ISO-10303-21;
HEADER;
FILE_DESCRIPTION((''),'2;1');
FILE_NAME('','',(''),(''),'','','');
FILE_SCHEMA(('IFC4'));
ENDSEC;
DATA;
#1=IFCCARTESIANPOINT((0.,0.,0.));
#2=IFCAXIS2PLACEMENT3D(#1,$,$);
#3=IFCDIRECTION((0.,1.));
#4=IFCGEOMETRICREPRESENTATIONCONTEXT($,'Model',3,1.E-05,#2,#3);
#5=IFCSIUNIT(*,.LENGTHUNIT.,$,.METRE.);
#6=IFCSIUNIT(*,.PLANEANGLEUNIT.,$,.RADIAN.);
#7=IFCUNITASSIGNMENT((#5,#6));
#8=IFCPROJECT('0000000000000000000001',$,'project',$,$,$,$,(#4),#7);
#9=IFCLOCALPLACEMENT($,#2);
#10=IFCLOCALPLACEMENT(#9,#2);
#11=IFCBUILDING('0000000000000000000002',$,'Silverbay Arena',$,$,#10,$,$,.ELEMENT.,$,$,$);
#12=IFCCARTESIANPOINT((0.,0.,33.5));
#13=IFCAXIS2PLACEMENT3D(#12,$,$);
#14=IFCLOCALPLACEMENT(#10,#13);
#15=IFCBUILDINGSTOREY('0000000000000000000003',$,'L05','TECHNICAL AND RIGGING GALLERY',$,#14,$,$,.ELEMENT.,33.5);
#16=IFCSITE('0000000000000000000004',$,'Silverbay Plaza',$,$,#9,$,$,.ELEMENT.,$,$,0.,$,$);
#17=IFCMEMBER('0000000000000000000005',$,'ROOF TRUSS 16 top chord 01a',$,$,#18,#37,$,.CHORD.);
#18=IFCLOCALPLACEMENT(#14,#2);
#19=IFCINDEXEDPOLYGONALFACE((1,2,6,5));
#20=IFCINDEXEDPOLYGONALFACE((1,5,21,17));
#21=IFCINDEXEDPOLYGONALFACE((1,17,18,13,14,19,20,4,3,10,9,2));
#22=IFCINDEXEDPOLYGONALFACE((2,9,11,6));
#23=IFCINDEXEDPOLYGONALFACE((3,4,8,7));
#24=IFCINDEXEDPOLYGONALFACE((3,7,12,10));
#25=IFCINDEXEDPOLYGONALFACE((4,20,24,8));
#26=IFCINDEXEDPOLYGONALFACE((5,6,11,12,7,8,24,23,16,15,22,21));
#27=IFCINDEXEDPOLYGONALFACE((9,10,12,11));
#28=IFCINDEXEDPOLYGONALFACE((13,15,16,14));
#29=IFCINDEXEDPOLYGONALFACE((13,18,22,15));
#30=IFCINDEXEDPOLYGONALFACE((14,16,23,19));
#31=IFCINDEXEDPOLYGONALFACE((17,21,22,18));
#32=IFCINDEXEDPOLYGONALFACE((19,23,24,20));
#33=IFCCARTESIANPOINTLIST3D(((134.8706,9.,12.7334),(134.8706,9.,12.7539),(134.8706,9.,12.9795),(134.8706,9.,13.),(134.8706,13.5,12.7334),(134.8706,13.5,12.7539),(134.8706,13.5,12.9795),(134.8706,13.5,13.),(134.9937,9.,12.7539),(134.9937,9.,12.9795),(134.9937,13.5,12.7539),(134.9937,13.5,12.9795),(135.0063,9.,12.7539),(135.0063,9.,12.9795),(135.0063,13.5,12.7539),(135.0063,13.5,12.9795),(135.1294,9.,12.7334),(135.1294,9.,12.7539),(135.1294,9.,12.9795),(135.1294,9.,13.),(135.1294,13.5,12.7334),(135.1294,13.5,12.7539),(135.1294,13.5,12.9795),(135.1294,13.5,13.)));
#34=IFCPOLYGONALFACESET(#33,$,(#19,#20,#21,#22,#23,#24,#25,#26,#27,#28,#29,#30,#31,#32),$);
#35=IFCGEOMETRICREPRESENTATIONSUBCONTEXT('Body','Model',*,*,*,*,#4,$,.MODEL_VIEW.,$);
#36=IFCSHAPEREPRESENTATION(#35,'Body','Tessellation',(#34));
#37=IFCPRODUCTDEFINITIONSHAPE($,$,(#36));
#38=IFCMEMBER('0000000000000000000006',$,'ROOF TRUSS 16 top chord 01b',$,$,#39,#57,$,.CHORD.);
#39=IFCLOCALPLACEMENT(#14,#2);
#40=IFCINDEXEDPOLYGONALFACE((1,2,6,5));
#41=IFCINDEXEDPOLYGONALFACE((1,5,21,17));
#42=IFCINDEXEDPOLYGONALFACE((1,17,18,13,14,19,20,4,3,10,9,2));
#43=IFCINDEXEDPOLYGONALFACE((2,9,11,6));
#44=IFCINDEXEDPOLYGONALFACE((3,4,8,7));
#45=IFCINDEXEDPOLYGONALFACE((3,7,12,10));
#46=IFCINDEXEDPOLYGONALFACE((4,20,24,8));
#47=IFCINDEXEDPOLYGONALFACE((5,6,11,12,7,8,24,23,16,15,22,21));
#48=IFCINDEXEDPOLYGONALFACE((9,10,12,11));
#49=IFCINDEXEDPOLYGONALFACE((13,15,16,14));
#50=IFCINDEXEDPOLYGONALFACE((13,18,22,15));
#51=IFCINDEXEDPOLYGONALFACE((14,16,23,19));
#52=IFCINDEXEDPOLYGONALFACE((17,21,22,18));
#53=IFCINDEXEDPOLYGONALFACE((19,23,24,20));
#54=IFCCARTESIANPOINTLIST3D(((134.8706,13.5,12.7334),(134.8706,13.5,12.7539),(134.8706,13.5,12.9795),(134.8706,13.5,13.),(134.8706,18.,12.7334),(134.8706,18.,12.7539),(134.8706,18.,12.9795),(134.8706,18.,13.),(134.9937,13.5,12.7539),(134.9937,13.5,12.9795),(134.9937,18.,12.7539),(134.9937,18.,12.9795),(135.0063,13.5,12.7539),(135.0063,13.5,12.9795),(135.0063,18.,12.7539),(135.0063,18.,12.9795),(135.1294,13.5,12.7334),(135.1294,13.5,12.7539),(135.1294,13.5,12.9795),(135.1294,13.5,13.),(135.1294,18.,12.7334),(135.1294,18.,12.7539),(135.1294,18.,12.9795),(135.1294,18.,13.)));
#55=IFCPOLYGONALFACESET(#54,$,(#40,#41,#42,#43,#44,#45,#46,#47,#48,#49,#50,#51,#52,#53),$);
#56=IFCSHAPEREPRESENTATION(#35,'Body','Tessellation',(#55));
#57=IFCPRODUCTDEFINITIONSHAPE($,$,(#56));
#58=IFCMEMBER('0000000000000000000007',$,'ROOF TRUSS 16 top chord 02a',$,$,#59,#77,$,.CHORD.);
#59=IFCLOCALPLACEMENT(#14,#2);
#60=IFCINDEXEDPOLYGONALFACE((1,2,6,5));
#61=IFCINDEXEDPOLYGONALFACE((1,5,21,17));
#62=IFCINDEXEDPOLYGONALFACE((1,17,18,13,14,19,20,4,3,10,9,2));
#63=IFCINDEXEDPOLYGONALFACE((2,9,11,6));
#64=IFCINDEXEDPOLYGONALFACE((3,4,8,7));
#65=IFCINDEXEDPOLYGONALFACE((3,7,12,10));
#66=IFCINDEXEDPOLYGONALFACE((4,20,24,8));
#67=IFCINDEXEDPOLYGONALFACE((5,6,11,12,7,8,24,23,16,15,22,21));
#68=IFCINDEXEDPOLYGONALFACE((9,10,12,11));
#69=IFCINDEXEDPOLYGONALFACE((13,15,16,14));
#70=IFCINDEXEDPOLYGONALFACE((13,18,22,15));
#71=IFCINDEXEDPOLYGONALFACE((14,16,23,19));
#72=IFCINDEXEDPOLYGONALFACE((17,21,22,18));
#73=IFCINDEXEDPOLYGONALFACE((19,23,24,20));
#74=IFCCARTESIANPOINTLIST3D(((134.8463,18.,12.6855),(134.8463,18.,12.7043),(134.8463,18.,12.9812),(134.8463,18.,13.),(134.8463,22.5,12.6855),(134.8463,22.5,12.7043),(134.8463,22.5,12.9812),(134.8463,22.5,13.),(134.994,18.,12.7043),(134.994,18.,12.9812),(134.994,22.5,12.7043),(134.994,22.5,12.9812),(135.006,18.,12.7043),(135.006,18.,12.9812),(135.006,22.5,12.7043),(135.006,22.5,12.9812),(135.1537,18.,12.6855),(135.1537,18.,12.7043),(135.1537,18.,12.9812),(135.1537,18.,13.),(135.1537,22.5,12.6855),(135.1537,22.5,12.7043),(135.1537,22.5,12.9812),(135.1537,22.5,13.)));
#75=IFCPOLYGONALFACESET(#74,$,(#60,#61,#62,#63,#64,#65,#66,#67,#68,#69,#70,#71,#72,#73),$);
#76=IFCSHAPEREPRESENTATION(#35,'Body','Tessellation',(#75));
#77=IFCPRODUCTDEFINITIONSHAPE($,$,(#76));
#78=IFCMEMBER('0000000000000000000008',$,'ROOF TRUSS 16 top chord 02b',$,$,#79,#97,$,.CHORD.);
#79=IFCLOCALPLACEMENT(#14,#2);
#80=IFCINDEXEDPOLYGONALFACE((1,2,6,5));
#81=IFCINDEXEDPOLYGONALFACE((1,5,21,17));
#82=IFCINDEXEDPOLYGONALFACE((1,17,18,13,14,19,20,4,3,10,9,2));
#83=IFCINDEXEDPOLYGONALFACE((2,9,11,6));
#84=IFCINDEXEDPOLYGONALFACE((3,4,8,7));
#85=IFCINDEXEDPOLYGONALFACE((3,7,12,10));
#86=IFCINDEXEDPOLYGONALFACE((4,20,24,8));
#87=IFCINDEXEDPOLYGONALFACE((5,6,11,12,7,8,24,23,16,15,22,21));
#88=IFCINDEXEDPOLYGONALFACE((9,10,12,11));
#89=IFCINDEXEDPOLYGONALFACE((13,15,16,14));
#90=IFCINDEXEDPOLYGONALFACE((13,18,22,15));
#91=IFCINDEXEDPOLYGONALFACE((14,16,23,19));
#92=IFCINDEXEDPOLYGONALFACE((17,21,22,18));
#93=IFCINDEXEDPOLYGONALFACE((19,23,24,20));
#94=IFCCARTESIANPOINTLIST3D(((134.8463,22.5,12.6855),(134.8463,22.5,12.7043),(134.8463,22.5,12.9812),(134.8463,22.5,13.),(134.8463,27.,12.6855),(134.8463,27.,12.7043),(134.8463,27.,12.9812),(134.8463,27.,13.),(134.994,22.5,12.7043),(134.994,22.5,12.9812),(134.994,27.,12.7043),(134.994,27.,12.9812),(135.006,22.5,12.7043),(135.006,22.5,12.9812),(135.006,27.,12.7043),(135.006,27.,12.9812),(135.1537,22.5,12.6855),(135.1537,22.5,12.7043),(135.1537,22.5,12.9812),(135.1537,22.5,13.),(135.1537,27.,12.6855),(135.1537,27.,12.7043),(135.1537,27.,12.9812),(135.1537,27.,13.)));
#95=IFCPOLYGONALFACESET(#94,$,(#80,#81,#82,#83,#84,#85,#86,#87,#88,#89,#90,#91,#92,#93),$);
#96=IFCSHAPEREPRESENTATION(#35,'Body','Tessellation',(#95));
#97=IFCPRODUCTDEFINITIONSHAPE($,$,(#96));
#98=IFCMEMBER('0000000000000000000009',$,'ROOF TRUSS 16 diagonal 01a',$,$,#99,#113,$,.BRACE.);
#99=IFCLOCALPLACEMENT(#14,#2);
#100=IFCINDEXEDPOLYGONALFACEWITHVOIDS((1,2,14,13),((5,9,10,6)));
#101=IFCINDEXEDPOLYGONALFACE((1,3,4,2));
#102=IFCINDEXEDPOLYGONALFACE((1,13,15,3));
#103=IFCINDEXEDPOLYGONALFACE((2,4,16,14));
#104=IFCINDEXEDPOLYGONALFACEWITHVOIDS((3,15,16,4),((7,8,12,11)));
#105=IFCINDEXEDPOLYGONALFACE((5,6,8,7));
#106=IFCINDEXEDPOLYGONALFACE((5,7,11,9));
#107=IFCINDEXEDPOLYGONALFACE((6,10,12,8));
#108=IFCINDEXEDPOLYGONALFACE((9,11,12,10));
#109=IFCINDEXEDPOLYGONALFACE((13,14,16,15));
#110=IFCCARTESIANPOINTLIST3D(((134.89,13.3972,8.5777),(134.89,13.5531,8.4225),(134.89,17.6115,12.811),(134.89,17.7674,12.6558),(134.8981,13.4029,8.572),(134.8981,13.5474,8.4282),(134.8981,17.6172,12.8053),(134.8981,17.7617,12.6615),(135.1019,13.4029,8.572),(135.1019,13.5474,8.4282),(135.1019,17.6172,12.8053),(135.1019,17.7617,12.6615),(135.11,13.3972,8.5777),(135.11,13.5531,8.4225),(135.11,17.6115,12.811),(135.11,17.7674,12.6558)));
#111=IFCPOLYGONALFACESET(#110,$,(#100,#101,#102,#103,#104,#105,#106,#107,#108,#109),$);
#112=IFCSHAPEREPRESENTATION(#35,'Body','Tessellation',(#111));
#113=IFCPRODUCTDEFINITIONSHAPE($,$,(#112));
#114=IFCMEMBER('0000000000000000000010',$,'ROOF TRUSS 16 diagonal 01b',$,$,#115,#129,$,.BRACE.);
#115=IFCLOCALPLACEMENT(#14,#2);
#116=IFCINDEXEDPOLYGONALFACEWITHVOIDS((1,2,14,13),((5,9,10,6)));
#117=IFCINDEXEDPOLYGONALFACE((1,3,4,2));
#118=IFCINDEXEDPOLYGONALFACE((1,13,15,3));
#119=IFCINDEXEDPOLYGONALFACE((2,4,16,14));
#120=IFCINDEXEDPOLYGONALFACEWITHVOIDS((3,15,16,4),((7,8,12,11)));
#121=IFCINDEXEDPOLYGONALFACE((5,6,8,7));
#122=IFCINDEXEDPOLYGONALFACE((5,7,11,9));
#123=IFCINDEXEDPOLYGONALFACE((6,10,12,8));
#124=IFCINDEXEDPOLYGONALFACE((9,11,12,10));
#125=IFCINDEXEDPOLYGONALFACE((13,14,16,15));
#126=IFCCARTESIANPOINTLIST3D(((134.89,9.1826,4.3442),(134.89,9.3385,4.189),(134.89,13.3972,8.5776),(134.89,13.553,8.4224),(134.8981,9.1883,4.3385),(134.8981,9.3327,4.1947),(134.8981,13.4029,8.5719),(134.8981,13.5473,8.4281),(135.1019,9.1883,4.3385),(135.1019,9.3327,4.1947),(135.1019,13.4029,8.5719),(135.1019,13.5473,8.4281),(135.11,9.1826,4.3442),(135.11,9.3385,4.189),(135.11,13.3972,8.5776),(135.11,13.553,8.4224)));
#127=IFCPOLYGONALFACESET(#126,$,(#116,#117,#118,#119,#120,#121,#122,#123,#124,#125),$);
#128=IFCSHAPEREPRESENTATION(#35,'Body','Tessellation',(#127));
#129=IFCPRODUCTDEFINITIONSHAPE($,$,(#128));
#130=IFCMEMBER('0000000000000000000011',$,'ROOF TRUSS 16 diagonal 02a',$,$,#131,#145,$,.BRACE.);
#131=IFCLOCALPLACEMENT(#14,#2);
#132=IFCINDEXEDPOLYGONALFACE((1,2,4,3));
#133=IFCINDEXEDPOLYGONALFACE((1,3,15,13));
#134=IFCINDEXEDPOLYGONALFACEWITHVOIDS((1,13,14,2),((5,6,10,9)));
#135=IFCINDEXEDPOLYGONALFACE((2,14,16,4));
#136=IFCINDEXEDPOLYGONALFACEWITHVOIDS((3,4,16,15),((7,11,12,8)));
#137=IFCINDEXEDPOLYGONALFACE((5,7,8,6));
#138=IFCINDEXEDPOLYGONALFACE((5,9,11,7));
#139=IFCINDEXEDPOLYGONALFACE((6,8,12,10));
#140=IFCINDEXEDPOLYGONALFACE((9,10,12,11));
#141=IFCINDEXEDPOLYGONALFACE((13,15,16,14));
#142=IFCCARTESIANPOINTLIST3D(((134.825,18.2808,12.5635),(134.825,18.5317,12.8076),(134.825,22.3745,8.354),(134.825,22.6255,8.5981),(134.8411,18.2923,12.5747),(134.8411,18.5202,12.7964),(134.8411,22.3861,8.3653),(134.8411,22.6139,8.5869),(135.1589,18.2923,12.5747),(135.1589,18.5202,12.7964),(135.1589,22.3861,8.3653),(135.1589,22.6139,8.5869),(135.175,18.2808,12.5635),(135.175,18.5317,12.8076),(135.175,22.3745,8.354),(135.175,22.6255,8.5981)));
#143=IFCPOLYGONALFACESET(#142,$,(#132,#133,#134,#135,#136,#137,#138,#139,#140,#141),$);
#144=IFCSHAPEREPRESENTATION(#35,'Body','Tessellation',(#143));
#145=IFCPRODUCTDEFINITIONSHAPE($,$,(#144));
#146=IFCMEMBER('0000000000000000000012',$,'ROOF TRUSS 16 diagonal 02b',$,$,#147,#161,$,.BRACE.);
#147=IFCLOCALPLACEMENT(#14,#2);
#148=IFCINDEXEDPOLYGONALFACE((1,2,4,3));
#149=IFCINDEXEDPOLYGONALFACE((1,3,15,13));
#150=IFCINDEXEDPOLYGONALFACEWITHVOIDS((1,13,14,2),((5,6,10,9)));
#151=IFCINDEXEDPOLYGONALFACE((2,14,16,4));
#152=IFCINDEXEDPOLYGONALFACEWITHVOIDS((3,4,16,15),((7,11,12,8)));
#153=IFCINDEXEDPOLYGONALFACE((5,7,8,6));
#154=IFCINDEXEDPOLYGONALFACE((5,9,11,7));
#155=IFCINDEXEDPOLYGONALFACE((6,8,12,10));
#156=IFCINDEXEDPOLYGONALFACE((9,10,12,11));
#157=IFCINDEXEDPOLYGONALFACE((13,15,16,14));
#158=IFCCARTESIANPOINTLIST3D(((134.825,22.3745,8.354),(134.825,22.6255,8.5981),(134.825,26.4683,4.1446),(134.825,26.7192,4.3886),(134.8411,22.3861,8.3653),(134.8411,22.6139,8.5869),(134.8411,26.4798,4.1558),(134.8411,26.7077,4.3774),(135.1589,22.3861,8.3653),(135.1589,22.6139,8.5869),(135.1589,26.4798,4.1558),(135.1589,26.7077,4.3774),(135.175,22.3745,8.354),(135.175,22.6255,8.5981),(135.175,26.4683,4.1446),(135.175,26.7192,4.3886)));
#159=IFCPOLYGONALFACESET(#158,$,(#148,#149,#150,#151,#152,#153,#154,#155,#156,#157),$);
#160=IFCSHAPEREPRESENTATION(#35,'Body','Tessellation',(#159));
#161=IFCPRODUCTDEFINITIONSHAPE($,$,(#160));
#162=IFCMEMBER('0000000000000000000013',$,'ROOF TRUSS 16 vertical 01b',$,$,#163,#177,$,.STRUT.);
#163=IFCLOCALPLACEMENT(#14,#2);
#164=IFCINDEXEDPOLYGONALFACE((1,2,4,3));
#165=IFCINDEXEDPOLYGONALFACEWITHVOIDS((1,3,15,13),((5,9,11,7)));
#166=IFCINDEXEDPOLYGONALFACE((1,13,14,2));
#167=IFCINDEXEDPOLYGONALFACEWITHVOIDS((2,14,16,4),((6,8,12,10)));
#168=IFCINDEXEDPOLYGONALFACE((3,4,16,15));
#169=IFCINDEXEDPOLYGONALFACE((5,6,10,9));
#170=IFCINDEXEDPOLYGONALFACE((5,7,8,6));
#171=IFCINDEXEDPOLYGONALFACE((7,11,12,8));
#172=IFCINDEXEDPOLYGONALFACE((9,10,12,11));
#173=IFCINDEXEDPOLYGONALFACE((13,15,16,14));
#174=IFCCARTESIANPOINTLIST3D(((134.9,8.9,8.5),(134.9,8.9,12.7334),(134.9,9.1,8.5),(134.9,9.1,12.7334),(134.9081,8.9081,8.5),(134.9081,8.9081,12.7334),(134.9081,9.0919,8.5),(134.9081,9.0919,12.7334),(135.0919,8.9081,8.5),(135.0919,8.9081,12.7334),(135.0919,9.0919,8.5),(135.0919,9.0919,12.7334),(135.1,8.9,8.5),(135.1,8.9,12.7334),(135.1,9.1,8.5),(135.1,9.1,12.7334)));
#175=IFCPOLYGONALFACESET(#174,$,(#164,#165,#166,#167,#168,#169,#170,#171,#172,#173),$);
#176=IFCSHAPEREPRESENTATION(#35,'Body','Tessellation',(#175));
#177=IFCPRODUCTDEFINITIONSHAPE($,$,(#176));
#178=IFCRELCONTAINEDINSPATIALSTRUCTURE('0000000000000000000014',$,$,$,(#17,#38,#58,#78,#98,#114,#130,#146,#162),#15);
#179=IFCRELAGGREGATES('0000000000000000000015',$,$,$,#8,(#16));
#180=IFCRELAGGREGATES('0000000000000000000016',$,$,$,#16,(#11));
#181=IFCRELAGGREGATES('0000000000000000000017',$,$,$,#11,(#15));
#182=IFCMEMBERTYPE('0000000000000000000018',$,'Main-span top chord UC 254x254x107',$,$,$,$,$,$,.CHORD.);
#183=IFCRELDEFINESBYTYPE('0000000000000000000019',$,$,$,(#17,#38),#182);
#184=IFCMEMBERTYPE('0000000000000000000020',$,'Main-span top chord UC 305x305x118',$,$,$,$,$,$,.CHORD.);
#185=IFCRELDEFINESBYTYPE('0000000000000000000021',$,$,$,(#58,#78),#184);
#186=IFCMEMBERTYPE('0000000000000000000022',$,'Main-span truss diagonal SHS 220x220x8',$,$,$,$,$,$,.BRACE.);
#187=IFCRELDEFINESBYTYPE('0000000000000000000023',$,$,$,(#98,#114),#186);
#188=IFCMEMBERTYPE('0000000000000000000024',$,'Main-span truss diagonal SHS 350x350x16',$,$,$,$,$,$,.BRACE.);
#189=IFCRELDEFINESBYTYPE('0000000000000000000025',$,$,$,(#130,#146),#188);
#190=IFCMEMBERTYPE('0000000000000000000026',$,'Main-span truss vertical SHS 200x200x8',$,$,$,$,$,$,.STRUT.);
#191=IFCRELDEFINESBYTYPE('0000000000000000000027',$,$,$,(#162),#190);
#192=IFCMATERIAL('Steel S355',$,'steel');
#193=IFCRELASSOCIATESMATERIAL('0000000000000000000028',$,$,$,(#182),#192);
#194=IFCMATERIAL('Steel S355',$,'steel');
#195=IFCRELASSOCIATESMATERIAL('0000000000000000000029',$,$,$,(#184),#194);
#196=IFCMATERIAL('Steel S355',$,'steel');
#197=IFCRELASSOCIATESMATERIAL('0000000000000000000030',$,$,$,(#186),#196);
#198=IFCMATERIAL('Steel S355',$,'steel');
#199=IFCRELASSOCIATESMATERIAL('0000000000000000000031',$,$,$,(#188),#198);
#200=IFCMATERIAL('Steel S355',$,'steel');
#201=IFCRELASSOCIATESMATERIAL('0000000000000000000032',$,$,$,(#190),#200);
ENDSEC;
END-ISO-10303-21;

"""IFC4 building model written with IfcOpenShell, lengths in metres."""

from ifc_helpers import new_model, si_unit, direction, frame, origin, origin_2d, place, context, subcontext, project, spatial, hollow_rectangle, i_section, extrude, material, material_profile, profile_set, type_object, element, save


model = new_model("IFC4")

# Units and contexts
model_context = context("Model", 3, precision=1e-05, world=origin(), true_north=direction((0.0, 1.0)))
body_context = subcontext(model_context, "Body", "Model", "MODEL_VIEW")
ifc_project = project(units=[si_unit("LENGTHUNIT", "METRE"), si_unit("PLANEANGLEUNIT", "RADIAN")], contexts=[model_context])

# Site, building, storey
site_placement = place(None, origin())
site = spatial("IfcSite", under=ifc_project, at=site_placement, Name="Silverbay Plaza", CompositionType="ELEMENT", RefElevation=0.0)
building_placement = place(site_placement, origin())
building = spatial("IfcBuilding", under=site, at=building_placement, Name="Silverbay Arena", CompositionType="ELEMENT")
storey_placement = place(building_placement, frame((0.0, 0.0, 33.5)))
storey = spatial("IfcBuildingStorey", under=building, at=storey_placement, Name="L05", Description="TECHNICAL AND RIGGING GALLERY", CompositionType="ELEMENT", Elevation=33.5)

# Members
ifc_material_1 = material(Name="Steel S355", Category="steel")
ifc_material_profile_1 = material_profile(ifc_material_1, i_section(OverallWidth=0.2588, OverallDepth=0.2666, WebThickness=0.0127, FlangeThickness=0.0205, at=origin_2d()), Name="UC 254x254x107")
ifc_profile_set_1 = profile_set([ifc_material_profile_1], Name="Steel S355")
member_type_1 = type_object("IfcMemberType", Name="Main-span top chord UC 254x254x107", PredefinedType="CHORD", material=ifc_profile_set_1)
for number, where, z_axis, x_axis, name in (
    (1, (135.0, 9.0, 12.8667), (0.0, 1.0, 0.0), (-1.0, 0.0, 0.0), "ROOF TRUSS 16 top chord 01a"),
    (2, (135.0, 13.5, 12.8667), (0.0, 1.0, 0.0), (-1.0, 0.0, 0.0), "ROOF TRUSS 16 top chord 01b"),
):
    element("IfcMember", number, at=place(storey_placement, frame(where, z_axis=z_axis, x_axis=x_axis)), inside=storey, type_object=member_type_1, Name=name, PredefinedType="CHORD", context=body_context, shape_type="SweptSolid", body=[
        extrude(i_section(OverallWidth=0.2588, OverallDepth=0.2666, WebThickness=0.0127, FlangeThickness=0.0205, at=origin_2d()), origin(), (0.0, 0.0, 1.0), 4.5),
    ])
ifc_material_2 = material(Name="Steel S355", Category="steel")
ifc_material_profile_2 = material_profile(ifc_material_2, i_section(OverallWidth=0.3074, OverallDepth=0.3145, WebThickness=0.012, FlangeThickness=0.0188, at=origin_2d()), Name="UC 305x305x118")
ifc_profile_set_2 = profile_set([ifc_material_profile_2], Name="Steel S355")
member_type_2 = type_object("IfcMemberType", Name="Main-span top chord UC 305x305x118", PredefinedType="CHORD", material=ifc_profile_set_2)
for number, where, z_axis, x_axis, name in (
    (3, (135.0, 18.0, 12.8428), (0.0, 1.0, 0.0), (-1.0, 0.0, 0.0), "ROOF TRUSS 16 top chord 02a"),
    (4, (135.0, 22.5, 12.8428), (0.0, 1.0, 0.0), (-1.0, 0.0, 0.0), "ROOF TRUSS 16 top chord 02b"),
):
    element("IfcMember", number, at=place(storey_placement, frame(where, z_axis=z_axis, x_axis=x_axis)), inside=storey, type_object=member_type_2, Name=name, PredefinedType="CHORD", context=body_context, shape_type="SweptSolid", body=[
        extrude(i_section(OverallWidth=0.3074, OverallDepth=0.3145, WebThickness=0.012, FlangeThickness=0.0188, at=origin_2d()), origin(), (0.0, 0.0, 1.0), 4.5),
    ])
ifc_material_3 = material(Name="Steel S355", Category="steel")
ifc_material_profile_3 = material_profile(ifc_material_3, hollow_rectangle(XDim=0.22, YDim=0.22, WallThickness=0.0081, at=origin_2d()), Name="SHS 220x220x8")
ifc_profile_set_3 = profile_set([ifc_material_profile_3], Name="Steel S355")
member_type_3 = type_object("IfcMemberType", Name="Main-span truss diagonal SHS 220x220x8", PredefinedType="BRACE", material=ifc_profile_set_3)
member_1_placement = place(storey_placement, frame((135.0, 17.6895, 12.7334), z_axis=(0.0, -0.705511, -0.708699), x_axis=(1.0, 0.0, 0.0)))
element("IfcMember", 5, at=member_1_placement, inside=storey, type_object=member_type_3, Name="ROOF TRUSS 16 diagonal 01a", PredefinedType="BRACE", context=body_context, shape_type="SweptSolid", body=[
    extrude(hollow_rectangle(XDim=0.22, YDim=0.22, WallThickness=0.0081, at=origin_2d()), origin(), (0.0, 0.0, 1.0), 5.9734),
])
member_2_placement = place(storey_placement, frame((135.0, 13.4751, 8.5), z_axis=(0.0, -0.705532, -0.708679), x_axis=(1.0, 0.0, 0.0)))
element("IfcMember", 6, at=member_2_placement, inside=storey, type_object=member_type_3, Name="ROOF TRUSS 16 diagonal 01b", PredefinedType="BRACE", context=body_context, shape_type="SweptSolid", body=[
    extrude(hollow_rectangle(XDim=0.22, YDim=0.22, WallThickness=0.0081, at=origin_2d()), origin(), (0.0, 0.0, 1.0), 5.9736),
])
ifc_material_4 = material(Name="Steel S355", Category="steel")
ifc_material_profile_4 = material_profile(ifc_material_4, hollow_rectangle(XDim=0.3501, YDim=0.3501, WallThickness=0.0161, at=origin_2d()), Name="SHS 350x350x16")
ifc_profile_set_4 = profile_set([ifc_material_profile_4], Name="Steel S355")
member_type_4 = type_object("IfcMemberType", Name="Main-span truss diagonal SHS 350x350x16", PredefinedType="BRACE", material=ifc_profile_set_4)
for number, where, z_axis, x_axis, name in (
    (7, (135.0, 18.4062, 12.6855), (0.0, 0.697184, -0.716892), (-1.0, 0.0, 0.0), "ROOF TRUSS 16 diagonal 02a"),
    (8, (135.0, 22.5, 8.4761), (0.0, 0.697184, -0.716892), (-1.0, 0.0, 0.0), "ROOF TRUSS 16 diagonal 02b"),
):
    element("IfcMember", number, at=place(storey_placement, frame(where, z_axis=z_axis, x_axis=x_axis)), inside=storey, type_object=member_type_4, Name=name, PredefinedType="BRACE", context=body_context, shape_type="SweptSolid", body=[
        extrude(hollow_rectangle(XDim=0.3501, YDim=0.3501, WallThickness=0.0161, at=origin_2d()), origin(), (0.0, 0.0, 1.0), 5.8718),
    ])
ifc_material_5 = material(Name="Steel S355", Category="steel")
ifc_material_profile_5 = material_profile(ifc_material_5, hollow_rectangle(XDim=0.2, YDim=0.2, WallThickness=0.0081, at=origin_2d()), Name="SHS 200x200x8")
ifc_profile_set_5 = profile_set([ifc_material_profile_5], Name="Steel S355")
member_type_5 = type_object("IfcMemberType", Name="Main-span truss vertical SHS 200x200x8", PredefinedType="STRUT", material=ifc_profile_set_5)
member_3_placement = place(storey_placement, frame((135.0, 9.0, 8.5), z_axis=(0.0, 0.0, 1.0), x_axis=(1.0, 0.0, 0.0)))
element("IfcMember", 9, at=member_3_placement, inside=storey, type_object=member_type_5, Name="ROOF TRUSS 16 vertical 01b", PredefinedType="STRUT", context=body_context, shape_type="SweptSolid", body=[
    extrude(hollow_rectangle(XDim=0.2, YDim=0.2, WallThickness=0.0081, at=origin_2d()), origin(), (0.0, 0.0, 1.0), 4.2334),
])

save(model, "model.ifc")
